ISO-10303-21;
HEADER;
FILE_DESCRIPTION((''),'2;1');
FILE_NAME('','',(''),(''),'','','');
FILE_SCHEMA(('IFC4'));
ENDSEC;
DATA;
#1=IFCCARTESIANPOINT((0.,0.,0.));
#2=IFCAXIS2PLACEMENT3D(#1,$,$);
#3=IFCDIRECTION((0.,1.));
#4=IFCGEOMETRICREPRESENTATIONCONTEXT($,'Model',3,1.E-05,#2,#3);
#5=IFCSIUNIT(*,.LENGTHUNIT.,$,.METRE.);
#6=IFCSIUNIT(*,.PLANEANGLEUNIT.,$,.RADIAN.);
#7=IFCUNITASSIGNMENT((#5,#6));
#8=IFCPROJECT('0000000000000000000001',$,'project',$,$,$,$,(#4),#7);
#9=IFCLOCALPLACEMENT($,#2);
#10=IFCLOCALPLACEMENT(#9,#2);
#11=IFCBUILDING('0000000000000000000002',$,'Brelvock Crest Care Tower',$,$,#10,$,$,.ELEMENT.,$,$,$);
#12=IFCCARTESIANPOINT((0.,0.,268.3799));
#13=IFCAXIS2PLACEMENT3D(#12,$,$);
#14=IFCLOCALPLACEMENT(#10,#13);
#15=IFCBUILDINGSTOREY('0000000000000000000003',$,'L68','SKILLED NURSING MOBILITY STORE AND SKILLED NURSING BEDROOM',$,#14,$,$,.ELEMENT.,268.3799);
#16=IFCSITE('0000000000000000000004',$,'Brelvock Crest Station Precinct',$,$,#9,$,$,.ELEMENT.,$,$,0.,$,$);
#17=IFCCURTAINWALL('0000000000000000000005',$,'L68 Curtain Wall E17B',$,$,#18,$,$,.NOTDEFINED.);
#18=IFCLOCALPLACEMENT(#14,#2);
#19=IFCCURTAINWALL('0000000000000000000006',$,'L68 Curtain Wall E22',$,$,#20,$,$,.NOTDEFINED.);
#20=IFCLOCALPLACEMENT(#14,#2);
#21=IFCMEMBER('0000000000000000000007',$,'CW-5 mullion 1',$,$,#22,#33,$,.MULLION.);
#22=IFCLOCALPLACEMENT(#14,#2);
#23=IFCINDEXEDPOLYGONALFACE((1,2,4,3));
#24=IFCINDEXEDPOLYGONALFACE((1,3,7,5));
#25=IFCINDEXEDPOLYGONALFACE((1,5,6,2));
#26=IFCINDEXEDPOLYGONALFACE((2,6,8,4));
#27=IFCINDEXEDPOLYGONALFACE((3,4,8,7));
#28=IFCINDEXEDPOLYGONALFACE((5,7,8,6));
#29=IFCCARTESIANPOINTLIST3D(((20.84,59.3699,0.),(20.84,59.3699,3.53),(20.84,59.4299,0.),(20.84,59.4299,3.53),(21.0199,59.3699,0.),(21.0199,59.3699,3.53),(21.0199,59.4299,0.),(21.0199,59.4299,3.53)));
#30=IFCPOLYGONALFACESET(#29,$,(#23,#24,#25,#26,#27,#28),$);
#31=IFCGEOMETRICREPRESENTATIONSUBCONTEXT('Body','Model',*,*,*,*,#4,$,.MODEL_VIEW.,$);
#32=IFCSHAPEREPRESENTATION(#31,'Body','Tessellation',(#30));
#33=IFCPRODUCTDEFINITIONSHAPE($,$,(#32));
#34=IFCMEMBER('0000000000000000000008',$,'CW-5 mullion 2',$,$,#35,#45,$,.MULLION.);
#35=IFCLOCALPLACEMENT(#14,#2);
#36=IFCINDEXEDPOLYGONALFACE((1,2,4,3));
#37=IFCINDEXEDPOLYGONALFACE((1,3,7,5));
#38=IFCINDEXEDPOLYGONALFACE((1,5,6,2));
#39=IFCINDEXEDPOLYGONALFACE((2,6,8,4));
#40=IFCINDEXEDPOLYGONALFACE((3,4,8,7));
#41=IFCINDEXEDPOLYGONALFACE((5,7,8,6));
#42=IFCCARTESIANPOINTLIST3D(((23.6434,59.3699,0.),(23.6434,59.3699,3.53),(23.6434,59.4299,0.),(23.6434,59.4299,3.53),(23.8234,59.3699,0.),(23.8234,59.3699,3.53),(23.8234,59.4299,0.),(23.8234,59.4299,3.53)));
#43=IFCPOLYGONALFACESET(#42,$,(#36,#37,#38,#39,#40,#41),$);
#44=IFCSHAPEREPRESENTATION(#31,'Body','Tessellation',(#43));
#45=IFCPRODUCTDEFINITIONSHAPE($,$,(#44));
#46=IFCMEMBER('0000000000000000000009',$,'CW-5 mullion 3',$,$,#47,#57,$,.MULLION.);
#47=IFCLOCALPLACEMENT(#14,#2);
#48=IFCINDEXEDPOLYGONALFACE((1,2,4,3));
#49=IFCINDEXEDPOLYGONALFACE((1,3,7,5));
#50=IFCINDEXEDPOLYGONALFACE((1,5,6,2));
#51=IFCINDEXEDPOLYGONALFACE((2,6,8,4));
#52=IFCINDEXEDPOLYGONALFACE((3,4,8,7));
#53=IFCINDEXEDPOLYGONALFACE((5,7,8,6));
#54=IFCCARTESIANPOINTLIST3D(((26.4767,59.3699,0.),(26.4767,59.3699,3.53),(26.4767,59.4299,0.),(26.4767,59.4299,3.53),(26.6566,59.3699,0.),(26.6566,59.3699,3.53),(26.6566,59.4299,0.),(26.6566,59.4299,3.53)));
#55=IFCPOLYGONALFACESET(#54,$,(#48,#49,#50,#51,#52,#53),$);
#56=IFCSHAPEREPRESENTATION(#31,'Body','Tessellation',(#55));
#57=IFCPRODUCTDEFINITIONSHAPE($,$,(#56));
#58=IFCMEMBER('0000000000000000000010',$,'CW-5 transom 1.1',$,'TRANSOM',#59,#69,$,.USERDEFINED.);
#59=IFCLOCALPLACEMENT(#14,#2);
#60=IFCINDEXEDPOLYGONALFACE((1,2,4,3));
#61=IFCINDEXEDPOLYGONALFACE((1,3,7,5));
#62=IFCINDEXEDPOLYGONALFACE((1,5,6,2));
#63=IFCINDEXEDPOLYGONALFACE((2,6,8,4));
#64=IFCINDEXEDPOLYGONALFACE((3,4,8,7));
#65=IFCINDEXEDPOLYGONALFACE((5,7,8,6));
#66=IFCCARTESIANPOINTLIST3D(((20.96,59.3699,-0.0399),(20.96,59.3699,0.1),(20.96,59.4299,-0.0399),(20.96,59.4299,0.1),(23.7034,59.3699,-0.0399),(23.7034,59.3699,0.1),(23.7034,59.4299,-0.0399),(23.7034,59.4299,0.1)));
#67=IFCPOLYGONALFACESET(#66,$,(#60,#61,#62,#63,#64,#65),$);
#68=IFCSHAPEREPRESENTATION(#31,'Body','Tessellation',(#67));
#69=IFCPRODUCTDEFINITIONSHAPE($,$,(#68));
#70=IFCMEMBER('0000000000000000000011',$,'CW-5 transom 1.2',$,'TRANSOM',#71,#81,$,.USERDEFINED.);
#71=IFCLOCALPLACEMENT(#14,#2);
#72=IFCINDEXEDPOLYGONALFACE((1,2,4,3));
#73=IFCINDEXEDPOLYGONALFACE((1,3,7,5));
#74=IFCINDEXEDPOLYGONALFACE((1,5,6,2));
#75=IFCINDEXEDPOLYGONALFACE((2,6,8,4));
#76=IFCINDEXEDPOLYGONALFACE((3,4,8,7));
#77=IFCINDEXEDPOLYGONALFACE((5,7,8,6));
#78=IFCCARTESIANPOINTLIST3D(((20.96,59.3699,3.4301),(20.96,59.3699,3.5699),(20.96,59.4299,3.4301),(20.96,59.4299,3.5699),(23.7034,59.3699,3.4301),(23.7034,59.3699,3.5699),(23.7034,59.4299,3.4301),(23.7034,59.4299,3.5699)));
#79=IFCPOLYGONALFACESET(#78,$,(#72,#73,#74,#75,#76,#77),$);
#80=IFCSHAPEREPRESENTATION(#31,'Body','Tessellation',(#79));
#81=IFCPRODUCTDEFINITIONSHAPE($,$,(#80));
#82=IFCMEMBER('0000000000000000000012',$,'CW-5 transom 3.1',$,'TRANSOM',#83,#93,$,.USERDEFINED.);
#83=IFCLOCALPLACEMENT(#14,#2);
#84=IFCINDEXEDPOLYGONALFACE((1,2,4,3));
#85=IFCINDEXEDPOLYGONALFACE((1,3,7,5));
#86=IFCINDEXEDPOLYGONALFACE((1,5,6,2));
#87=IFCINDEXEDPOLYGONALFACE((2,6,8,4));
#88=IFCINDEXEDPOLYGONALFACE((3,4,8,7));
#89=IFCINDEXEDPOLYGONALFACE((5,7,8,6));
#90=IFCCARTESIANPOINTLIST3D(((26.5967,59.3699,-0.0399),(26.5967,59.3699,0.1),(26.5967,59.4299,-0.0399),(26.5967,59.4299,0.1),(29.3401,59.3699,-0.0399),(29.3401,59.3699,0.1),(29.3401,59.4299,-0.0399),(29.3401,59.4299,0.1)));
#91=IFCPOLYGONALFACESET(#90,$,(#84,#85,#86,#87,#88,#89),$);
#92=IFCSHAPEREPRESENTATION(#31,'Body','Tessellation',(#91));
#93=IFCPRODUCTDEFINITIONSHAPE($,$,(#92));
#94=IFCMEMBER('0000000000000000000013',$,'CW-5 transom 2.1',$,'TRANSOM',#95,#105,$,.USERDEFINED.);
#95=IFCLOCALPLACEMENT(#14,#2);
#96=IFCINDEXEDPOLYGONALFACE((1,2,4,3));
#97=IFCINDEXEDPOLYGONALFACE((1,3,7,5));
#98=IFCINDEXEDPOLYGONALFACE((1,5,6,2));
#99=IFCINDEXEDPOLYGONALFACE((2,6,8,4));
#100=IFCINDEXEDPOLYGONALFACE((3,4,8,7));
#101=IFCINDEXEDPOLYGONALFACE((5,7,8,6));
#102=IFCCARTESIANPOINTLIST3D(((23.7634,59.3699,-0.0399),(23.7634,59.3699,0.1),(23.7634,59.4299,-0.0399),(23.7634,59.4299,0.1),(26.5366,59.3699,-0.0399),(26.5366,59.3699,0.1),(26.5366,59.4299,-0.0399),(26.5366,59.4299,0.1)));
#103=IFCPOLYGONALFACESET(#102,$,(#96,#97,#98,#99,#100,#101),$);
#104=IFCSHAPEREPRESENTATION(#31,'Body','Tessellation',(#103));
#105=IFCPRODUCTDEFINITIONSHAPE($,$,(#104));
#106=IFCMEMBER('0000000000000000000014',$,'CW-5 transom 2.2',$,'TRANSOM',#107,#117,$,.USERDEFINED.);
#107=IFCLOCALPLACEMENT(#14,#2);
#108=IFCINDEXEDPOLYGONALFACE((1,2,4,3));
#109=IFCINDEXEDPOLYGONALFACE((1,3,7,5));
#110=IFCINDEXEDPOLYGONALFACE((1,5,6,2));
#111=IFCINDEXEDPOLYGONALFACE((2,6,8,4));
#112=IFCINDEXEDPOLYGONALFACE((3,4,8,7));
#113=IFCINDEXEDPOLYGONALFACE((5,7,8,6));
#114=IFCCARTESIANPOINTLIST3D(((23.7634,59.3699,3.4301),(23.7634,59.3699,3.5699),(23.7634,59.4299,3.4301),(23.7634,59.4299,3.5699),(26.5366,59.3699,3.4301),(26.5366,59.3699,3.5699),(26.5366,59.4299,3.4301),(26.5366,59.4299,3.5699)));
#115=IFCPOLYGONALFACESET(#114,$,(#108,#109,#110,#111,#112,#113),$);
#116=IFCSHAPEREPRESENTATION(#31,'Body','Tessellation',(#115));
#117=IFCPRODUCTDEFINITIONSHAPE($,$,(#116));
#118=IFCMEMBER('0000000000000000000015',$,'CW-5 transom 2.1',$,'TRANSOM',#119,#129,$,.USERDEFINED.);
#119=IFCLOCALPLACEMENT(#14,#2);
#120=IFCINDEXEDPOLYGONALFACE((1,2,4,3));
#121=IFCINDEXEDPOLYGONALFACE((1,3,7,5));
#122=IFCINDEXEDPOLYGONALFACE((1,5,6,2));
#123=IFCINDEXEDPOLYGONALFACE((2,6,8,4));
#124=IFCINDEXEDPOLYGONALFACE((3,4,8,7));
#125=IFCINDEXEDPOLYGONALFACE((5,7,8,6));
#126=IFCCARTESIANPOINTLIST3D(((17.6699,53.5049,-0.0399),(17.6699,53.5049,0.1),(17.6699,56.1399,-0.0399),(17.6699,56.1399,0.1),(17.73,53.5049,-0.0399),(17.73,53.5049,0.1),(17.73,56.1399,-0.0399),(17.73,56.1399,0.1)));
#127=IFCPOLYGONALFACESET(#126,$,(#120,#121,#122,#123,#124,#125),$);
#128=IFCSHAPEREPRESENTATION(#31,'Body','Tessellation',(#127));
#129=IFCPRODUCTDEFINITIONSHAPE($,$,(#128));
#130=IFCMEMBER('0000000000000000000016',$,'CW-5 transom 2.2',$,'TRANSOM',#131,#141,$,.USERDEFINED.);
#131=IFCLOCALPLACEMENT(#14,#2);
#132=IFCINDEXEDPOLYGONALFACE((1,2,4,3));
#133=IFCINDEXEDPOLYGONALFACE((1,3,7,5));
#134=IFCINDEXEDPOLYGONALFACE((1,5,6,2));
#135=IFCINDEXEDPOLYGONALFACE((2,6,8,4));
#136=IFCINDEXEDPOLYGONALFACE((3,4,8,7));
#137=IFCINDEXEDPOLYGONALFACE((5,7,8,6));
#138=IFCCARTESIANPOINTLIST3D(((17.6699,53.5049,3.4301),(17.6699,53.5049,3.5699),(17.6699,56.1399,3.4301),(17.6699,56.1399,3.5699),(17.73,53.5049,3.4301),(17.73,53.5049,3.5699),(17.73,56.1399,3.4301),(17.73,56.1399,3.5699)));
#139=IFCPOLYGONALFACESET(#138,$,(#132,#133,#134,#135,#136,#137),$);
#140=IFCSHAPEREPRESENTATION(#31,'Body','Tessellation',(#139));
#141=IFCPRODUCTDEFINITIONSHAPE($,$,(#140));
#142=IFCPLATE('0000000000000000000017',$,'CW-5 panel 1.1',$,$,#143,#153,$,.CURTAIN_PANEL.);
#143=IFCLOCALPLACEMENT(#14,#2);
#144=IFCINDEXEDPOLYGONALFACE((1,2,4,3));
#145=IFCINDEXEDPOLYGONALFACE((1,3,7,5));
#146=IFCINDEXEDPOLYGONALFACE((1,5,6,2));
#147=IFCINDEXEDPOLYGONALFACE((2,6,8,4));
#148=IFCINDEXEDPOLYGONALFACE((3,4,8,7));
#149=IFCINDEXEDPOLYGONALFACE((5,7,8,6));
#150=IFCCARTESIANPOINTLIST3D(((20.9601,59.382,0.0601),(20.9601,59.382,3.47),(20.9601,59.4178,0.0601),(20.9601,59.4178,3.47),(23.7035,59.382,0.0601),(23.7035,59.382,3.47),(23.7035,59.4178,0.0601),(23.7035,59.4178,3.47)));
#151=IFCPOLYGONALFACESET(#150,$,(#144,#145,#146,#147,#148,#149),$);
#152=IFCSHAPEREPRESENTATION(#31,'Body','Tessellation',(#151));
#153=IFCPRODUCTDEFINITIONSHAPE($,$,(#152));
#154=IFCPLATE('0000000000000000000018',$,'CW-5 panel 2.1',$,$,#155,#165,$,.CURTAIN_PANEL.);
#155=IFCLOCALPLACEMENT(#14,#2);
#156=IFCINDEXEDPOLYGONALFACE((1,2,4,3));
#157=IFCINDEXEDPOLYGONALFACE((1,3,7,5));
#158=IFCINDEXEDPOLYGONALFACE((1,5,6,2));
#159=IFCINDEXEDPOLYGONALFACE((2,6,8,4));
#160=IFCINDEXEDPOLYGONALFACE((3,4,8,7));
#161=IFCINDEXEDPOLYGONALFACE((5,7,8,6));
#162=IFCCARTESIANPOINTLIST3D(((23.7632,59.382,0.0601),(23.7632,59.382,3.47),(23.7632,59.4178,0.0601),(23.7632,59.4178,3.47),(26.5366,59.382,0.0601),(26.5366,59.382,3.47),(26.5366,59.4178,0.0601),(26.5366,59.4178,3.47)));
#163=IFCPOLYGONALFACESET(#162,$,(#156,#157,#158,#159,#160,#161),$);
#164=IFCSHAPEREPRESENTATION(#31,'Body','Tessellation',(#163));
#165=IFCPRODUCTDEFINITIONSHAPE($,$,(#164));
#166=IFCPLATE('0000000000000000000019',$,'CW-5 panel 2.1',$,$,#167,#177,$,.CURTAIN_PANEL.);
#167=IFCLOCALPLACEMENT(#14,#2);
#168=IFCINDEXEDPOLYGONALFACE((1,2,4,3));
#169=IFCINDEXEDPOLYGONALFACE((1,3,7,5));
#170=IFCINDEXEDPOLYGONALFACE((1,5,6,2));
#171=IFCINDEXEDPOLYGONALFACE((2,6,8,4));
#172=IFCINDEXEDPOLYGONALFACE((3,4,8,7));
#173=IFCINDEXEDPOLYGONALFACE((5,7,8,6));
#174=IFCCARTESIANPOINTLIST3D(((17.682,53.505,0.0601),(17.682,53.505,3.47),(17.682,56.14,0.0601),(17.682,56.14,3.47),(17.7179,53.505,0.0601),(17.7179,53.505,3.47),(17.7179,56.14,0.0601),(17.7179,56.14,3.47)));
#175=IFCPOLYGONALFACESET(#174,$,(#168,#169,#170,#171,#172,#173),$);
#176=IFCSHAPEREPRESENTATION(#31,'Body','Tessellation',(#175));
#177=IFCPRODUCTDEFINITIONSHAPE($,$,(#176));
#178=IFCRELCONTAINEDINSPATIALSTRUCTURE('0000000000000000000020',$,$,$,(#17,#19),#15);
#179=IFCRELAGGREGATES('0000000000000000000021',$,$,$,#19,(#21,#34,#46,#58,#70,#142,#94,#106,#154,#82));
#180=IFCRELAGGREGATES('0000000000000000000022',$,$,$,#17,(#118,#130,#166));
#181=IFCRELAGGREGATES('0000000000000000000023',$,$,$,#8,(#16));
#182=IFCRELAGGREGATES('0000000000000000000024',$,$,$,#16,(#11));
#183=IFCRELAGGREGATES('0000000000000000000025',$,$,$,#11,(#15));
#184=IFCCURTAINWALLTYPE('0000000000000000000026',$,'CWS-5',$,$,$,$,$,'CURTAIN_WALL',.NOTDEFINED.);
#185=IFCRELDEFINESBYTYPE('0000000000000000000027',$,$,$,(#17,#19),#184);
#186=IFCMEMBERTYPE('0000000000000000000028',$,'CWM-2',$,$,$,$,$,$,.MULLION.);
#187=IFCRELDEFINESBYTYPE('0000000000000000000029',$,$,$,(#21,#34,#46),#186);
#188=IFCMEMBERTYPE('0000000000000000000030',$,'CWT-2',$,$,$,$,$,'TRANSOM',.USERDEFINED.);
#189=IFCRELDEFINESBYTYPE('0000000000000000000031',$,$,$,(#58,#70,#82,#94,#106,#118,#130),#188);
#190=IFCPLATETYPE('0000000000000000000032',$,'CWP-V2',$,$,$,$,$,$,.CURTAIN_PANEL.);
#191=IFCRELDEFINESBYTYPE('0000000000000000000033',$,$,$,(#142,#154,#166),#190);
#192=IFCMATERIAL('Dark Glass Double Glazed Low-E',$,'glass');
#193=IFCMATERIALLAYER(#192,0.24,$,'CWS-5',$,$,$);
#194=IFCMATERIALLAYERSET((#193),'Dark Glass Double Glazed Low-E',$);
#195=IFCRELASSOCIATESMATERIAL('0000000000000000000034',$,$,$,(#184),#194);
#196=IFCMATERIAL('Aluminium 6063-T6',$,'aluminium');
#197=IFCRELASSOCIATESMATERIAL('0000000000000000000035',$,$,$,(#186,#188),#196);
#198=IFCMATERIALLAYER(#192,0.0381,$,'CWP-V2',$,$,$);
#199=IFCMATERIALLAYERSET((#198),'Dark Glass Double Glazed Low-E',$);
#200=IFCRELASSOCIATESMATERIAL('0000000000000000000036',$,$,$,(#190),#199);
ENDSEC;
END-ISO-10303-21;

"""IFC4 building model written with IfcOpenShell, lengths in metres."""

from ifc_helpers import new_model, si_unit, direction, frame, origin, origin_2d, place, context, subcontext, project, spatial, rectangle, extrude, source, transform, mapped, material, layer, layer_set, material_profile, profile_set, type_object, element, aggregate, save


model = new_model("IFC4")

# Units and contexts
model_context = context("Model", 3, precision=1e-05, world=origin(), true_north=direction((0.0, 1.0)))
body_context = subcontext(model_context, "Body", "Model", "MODEL_VIEW")
ifc_project = project(units=[si_unit("LENGTHUNIT", "METRE"), si_unit("PLANEANGLEUNIT", "RADIAN")], contexts=[model_context])

# Site, building, storey
site_placement = place(None, origin())
site = spatial("IfcSite", under=ifc_project, at=site_placement, Name="Brelvock Crest Station Precinct", CompositionType="ELEMENT", RefElevation=0.0)
building_placement = place(site_placement, origin())
building = spatial("IfcBuilding", under=site, at=building_placement, Name="Brelvock Crest Care Tower", CompositionType="ELEMENT")
storey_placement = place(building_placement, frame((0.0, 0.0, 268.3799)))
storey = spatial("IfcBuildingStorey", under=building, at=storey_placement, Name="L68", Description="SKILLED NURSING MOBILITY STORE AND SKILLED NURSING BEDROOM", CompositionType="ELEMENT", Elevation=268.3799)

# Curtain walls, members
ifc_material_1 = material(Name="Dark Glass Double Glazed Low-E", Category="glass")
ifc_layer_1 = layer(ifc_material_1, 0.24, Name="CWS-5")
ifc_layer_set_1 = layer_set([ifc_layer_1], Name="Dark Glass Double Glazed Low-E")
curtain_wall_type = type_object("IfcCurtainWallType", Name="CWS-5", ElementType="CURTAIN_WALL", PredefinedType="NOTDEFINED", material=ifc_layer_set_1)
curtain_wall_1_placement = place(storey_placement, origin())
curtain_wall_1 = element("IfcCurtainWall", 1, at=curtain_wall_1_placement, inside=storey, type_object=curtain_wall_type, Name="L68 Curtain Wall E17B", PredefinedType="NOTDEFINED")
ifc_material_2 = material(Name="Aluminium 6063-T6", Category="aluminium")
ifc_material_profile_1 = material_profile(ifc_material_2, rectangle(XDim=0.0601, YDim=0.1799, at=origin_2d()), Name="ALU60x180")
ifc_profile_set_1 = profile_set([ifc_material_profile_1], Name="Aluminium 6063-T6")
member_type_1 = type_object("IfcMemberType", Name="CWM-2", PredefinedType="MULLION", material=ifc_profile_set_1)
shared_shape_1 = source(origin(), body_context, "Body", "SweptSolid", [
    extrude(rectangle(XDim=0.0601, YDim=0.1799, at=origin_2d()), origin(), (0.0, 0.0, 1.0), 3.53),
])
curtain_wall_2_placement = place(storey_placement, origin())
curtain_wall_2 = element("IfcCurtainWall", 2, at=curtain_wall_2_placement, inside=storey, type_object=curtain_wall_type, Name="L68 Curtain Wall E22", PredefinedType="NOTDEFINED")
member_1_placement = place(storey_placement, frame((20.9299, 59.3999, 0.0), z_axis=(0.0, 0.0, 1.0), x_axis=(0.0, 1.0, 0.0)))
member_1 = element("IfcMember", 3, at=member_1_placement, type_object=member_type_1, Name="CW-5 mullion 1", PredefinedType="MULLION", context=body_context, shape_type="MappedRepresentation", body=[
    mapped(shared_shape_1, transform((0.0, 0.0, 0.0), x_axis=(1.0, 0.0, 0.0), y_axis=(0.0, 1.0, 0.0), z_axis=(0.0, 0.0, 1.0), scale=1.0)),
])
member_2_placement = place(storey_placement, frame((23.7334, 59.3999, 0.0), z_axis=(0.0, 0.0, 1.0), x_axis=(0.0, 1.0, 0.0)))
member_2 = element("IfcMember", 4, at=member_2_placement, type_object=member_type_1, Name="CW-5 mullion 2", PredefinedType="MULLION", context=body_context, shape_type="MappedRepresentation", body=[
    mapped(shared_shape_1, transform((0.0, 0.0, 0.0), x_axis=(1.0, 0.0, 0.0), y_axis=(0.0, 1.0, 0.0), z_axis=(0.0, 0.0, 1.0), scale=1.0)),
])
member_3_placement = place(storey_placement, frame((26.5667, 59.3999, 0.0), z_axis=(0.0, 0.0, 1.0), x_axis=(0.0, 1.0, 0.0)))
member_3 = element("IfcMember", 5, at=member_3_placement, type_object=member_type_1, Name="CW-5 mullion 3", PredefinedType="MULLION", context=body_context, shape_type="MappedRepresentation", body=[
    mapped(shared_shape_1, transform((0.0, 0.0, 0.0), x_axis=(1.0, 0.0, 0.0), y_axis=(0.0, 1.0, 0.0), z_axis=(0.0, 0.0, 1.0), scale=1.0)),
])
ifc_material_profile_2 = material_profile(ifc_material_2, rectangle(XDim=0.0601, YDim=0.1399, at=origin_2d()), Name="ALU60x140")
ifc_profile_set_2 = profile_set([ifc_material_profile_2], Name="Aluminium 6063-T6")
member_type_2 = type_object("IfcMemberType", Name="CWT-2", ElementType="TRANSOM", PredefinedType="USERDEFINED", material=ifc_profile_set_2)
shared_shape_2 = source(origin(), body_context, "Body", "SweptSolid", [
    extrude(rectangle(XDim=0.0601, YDim=0.1399, at=origin_2d()), origin(), (0.0, 0.0, 1.0), 2.7434),
])
member_4_placement = place(storey_placement, frame((20.96, 59.3999, 0.03), z_axis=(1.0, 0.0, 0.0), x_axis=(0.0, 1.0, 0.0)))
member_4 = element("IfcMember", 6, at=member_4_placement, type_object=member_type_2, Name="CW-5 transom 1.1", ObjectType="TRANSOM", PredefinedType="USERDEFINED", context=body_context, shape_type="MappedRepresentation", body=[
    mapped(shared_shape_2, transform((0.0, 0.0, 0.0), x_axis=(1.0, 0.0, 0.0), y_axis=(0.0, 1.0, 0.0), z_axis=(0.0, 0.0, 1.0), scale=1.0)),
])
member_5_placement = place(storey_placement, frame((20.96, 59.3999, 3.5), z_axis=(1.0, 0.0, 0.0), x_axis=(0.0, 1.0, 0.0)))
member_5 = element("IfcMember", 7, at=member_5_placement, type_object=member_type_2, Name="CW-5 transom 1.2", ObjectType="TRANSOM", PredefinedType="USERDEFINED", context=body_context, shape_type="MappedRepresentation", body=[
    mapped(shared_shape_2, transform((0.0, 0.0, 0.0), x_axis=(1.0, 0.0, 0.0), y_axis=(0.0, 1.0, 0.0), z_axis=(0.0, 0.0, 1.0), scale=1.0)),
])
member_6_placement = place(storey_placement, frame((26.5967, 59.3999, 0.03), z_axis=(1.0, 0.0, 0.0), x_axis=(0.0, 1.0, 0.0)))
member_6 = element("IfcMember", 8, at=member_6_placement, type_object=member_type_2, Name="CW-5 transom 3.1", ObjectType="TRANSOM", PredefinedType="USERDEFINED", context=body_context, shape_type="MappedRepresentation", body=[
    mapped(shared_shape_2, transform((0.0, 0.0, 0.0), x_axis=(1.0, 0.0, 0.0), y_axis=(0.0, 1.0, 0.0), z_axis=(0.0, 0.0, 1.0), scale=1.0)),
])
shared_shape_3 = source(origin(), body_context, "Body", "SweptSolid", [
    extrude(rectangle(XDim=0.0601, YDim=0.1399, at=origin_2d()), origin(), (0.0, 0.0, 1.0), 2.7732),
])
member_7_placement = place(storey_placement, frame((23.7634, 59.3999, 0.03), z_axis=(1.0, 0.0, 0.0), x_axis=(0.0, 1.0, 0.0)))
member_7 = element("IfcMember", 9, at=member_7_placement, type_object=member_type_2, Name="CW-5 transom 2.1", ObjectType="TRANSOM", PredefinedType="USERDEFINED", context=body_context, shape_type="MappedRepresentation", body=[
    mapped(shared_shape_3, transform((0.0, 0.0, 0.0), x_axis=(1.0, 0.0, 0.0), y_axis=(0.0, 1.0, 0.0), z_axis=(0.0, 0.0, 1.0), scale=1.0)),
])
member_8_placement = place(storey_placement, frame((23.7634, 59.3999, 3.5), z_axis=(1.0, 0.0, 0.0), x_axis=(0.0, 1.0, 0.0)))
member_8 = element("IfcMember", 10, at=member_8_placement, type_object=member_type_2, Name="CW-5 transom 2.2", ObjectType="TRANSOM", PredefinedType="USERDEFINED", context=body_context, shape_type="MappedRepresentation", body=[
    mapped(shared_shape_3, transform((0.0, 0.0, 0.0), x_axis=(1.0, 0.0, 0.0), y_axis=(0.0, 1.0, 0.0), z_axis=(0.0, 0.0, 1.0), scale=1.0)),
])

# Members
shared_shape_4 = source(origin(), body_context, "Body", "SweptSolid", [
    extrude(rectangle(XDim=0.0601, YDim=0.1399, at=origin_2d()), origin(), (0.0, 0.0, 1.0), 2.635),
])
member_9_placement = place(storey_placement, frame((17.7, 53.5049, 0.03), z_axis=(0.0, 1.0, 0.0), x_axis=(-1.0, 0.0, 0.0)))
member_9 = element("IfcMember", 11, at=member_9_placement, type_object=member_type_2, Name="CW-5 transom 2.1", ObjectType="TRANSOM", PredefinedType="USERDEFINED", context=body_context, shape_type="MappedRepresentation", body=[
    mapped(shared_shape_4, transform((0.0, 0.0, 0.0), x_axis=(1.0, 0.0, 0.0), y_axis=(0.0, 1.0, 0.0), z_axis=(0.0, 0.0, 1.0), scale=1.0)),
])
member_10_placement = place(storey_placement, frame((17.7, 53.5049, 3.5), z_axis=(0.0, 1.0, 0.0), x_axis=(-1.0, 0.0, 0.0)))
member_10 = element("IfcMember", 12, at=member_10_placement, type_object=member_type_2, Name="CW-5 transom 2.2", ObjectType="TRANSOM", PredefinedType="USERDEFINED", context=body_context, shape_type="MappedRepresentation", body=[
    mapped(shared_shape_4, transform((0.0, 0.0, 0.0), x_axis=(1.0, 0.0, 0.0), y_axis=(0.0, 1.0, 0.0), z_axis=(0.0, 0.0, 1.0), scale=1.0)),
])

# Plates
ifc_layer_2 = layer(ifc_material_1, 0.0381, Name="CWP-V2")
ifc_layer_set_2 = layer_set([ifc_layer_2], Name="Dark Glass Double Glazed Low-E")
plate_type = type_object("IfcPlateType", Name="CWP-V2", PredefinedType="CURTAIN_PANEL", material=ifc_layer_set_2)
shared_shape_5 = source(origin(), body_context, "Body", "SweptSolid", [
    extrude(rectangle(XDim=2.7434, YDim=0.0359, at=origin_2d()), origin(), (0.0, 0.0, 1.0), 3.4099),
])
plate_1_placement = place(storey_placement, frame((22.3318, 59.3999, 0.0601), z_axis=(0.0, 0.0, 1.0), x_axis=(1.0, 0.0, 0.0)))
plate_1 = element("IfcPlate", 13, at=plate_1_placement, type_object=plate_type, Name="CW-5 panel 1.1", PredefinedType="CURTAIN_PANEL", context=body_context, shape_type="MappedRepresentation", body=[
    mapped(shared_shape_5, transform((0.0, 0.0, 0.0), x_axis=(1.0, 0.0, 0.0), y_axis=(0.0, 1.0, 0.0), z_axis=(0.0, 0.0, 1.0), scale=1.0)),
])
shared_shape_6 = source(origin(), body_context, "Body", "SweptSolid", [
    extrude(rectangle(XDim=2.7734, YDim=0.0359, at=origin_2d()), origin(), (0.0, 0.0, 1.0), 3.4099),
])
plate_2_placement = place(storey_placement, frame((25.1499, 59.3999, 0.0601), z_axis=(0.0, 0.0, 1.0), x_axis=(1.0, 0.0, 0.0)))
plate_2 = element("IfcPlate", 14, at=plate_2_placement, type_object=plate_type, Name="CW-5 panel 2.1", PredefinedType="CURTAIN_PANEL", context=body_context, shape_type="MappedRepresentation", body=[
    mapped(shared_shape_6, transform((0.0, 0.0, 0.0), x_axis=(1.0, 0.0, 0.0), y_axis=(0.0, 1.0, 0.0), z_axis=(0.0, 0.0, 1.0), scale=1.0)),
])
aggregate(curtain_wall_2, [member_1, member_2, member_3, member_4, member_5, plate_1, member_7, member_8, plate_2, member_6])
shared_shape_7 = source(origin(), body_context, "Body", "SweptSolid", [
    extrude(rectangle(XDim=2.635, YDim=0.0359, at=origin_2d()), origin(), (0.0, 0.0, 1.0), 3.4099),
])
plate_3_placement = place(storey_placement, frame((17.7, 54.8225, 0.0601), z_axis=(0.0, 0.0, 1.0), x_axis=(0.0, 1.0, 0.0)))
plate_3 = element("IfcPlate", 15, at=plate_3_placement, type_object=plate_type, Name="CW-5 panel 2.1", PredefinedType="CURTAIN_PANEL", context=body_context, shape_type="MappedRepresentation", body=[
    mapped(shared_shape_7, transform((0.0, 0.0, 0.0), x_axis=(1.0, 0.0, 0.0), y_axis=(0.0, 1.0, 0.0), z_axis=(0.0, 0.0, 1.0), scale=1.0)),
])
aggregate(curtain_wall_1, [member_9, member_10, plate_3])

save(model, "model.ifc")
